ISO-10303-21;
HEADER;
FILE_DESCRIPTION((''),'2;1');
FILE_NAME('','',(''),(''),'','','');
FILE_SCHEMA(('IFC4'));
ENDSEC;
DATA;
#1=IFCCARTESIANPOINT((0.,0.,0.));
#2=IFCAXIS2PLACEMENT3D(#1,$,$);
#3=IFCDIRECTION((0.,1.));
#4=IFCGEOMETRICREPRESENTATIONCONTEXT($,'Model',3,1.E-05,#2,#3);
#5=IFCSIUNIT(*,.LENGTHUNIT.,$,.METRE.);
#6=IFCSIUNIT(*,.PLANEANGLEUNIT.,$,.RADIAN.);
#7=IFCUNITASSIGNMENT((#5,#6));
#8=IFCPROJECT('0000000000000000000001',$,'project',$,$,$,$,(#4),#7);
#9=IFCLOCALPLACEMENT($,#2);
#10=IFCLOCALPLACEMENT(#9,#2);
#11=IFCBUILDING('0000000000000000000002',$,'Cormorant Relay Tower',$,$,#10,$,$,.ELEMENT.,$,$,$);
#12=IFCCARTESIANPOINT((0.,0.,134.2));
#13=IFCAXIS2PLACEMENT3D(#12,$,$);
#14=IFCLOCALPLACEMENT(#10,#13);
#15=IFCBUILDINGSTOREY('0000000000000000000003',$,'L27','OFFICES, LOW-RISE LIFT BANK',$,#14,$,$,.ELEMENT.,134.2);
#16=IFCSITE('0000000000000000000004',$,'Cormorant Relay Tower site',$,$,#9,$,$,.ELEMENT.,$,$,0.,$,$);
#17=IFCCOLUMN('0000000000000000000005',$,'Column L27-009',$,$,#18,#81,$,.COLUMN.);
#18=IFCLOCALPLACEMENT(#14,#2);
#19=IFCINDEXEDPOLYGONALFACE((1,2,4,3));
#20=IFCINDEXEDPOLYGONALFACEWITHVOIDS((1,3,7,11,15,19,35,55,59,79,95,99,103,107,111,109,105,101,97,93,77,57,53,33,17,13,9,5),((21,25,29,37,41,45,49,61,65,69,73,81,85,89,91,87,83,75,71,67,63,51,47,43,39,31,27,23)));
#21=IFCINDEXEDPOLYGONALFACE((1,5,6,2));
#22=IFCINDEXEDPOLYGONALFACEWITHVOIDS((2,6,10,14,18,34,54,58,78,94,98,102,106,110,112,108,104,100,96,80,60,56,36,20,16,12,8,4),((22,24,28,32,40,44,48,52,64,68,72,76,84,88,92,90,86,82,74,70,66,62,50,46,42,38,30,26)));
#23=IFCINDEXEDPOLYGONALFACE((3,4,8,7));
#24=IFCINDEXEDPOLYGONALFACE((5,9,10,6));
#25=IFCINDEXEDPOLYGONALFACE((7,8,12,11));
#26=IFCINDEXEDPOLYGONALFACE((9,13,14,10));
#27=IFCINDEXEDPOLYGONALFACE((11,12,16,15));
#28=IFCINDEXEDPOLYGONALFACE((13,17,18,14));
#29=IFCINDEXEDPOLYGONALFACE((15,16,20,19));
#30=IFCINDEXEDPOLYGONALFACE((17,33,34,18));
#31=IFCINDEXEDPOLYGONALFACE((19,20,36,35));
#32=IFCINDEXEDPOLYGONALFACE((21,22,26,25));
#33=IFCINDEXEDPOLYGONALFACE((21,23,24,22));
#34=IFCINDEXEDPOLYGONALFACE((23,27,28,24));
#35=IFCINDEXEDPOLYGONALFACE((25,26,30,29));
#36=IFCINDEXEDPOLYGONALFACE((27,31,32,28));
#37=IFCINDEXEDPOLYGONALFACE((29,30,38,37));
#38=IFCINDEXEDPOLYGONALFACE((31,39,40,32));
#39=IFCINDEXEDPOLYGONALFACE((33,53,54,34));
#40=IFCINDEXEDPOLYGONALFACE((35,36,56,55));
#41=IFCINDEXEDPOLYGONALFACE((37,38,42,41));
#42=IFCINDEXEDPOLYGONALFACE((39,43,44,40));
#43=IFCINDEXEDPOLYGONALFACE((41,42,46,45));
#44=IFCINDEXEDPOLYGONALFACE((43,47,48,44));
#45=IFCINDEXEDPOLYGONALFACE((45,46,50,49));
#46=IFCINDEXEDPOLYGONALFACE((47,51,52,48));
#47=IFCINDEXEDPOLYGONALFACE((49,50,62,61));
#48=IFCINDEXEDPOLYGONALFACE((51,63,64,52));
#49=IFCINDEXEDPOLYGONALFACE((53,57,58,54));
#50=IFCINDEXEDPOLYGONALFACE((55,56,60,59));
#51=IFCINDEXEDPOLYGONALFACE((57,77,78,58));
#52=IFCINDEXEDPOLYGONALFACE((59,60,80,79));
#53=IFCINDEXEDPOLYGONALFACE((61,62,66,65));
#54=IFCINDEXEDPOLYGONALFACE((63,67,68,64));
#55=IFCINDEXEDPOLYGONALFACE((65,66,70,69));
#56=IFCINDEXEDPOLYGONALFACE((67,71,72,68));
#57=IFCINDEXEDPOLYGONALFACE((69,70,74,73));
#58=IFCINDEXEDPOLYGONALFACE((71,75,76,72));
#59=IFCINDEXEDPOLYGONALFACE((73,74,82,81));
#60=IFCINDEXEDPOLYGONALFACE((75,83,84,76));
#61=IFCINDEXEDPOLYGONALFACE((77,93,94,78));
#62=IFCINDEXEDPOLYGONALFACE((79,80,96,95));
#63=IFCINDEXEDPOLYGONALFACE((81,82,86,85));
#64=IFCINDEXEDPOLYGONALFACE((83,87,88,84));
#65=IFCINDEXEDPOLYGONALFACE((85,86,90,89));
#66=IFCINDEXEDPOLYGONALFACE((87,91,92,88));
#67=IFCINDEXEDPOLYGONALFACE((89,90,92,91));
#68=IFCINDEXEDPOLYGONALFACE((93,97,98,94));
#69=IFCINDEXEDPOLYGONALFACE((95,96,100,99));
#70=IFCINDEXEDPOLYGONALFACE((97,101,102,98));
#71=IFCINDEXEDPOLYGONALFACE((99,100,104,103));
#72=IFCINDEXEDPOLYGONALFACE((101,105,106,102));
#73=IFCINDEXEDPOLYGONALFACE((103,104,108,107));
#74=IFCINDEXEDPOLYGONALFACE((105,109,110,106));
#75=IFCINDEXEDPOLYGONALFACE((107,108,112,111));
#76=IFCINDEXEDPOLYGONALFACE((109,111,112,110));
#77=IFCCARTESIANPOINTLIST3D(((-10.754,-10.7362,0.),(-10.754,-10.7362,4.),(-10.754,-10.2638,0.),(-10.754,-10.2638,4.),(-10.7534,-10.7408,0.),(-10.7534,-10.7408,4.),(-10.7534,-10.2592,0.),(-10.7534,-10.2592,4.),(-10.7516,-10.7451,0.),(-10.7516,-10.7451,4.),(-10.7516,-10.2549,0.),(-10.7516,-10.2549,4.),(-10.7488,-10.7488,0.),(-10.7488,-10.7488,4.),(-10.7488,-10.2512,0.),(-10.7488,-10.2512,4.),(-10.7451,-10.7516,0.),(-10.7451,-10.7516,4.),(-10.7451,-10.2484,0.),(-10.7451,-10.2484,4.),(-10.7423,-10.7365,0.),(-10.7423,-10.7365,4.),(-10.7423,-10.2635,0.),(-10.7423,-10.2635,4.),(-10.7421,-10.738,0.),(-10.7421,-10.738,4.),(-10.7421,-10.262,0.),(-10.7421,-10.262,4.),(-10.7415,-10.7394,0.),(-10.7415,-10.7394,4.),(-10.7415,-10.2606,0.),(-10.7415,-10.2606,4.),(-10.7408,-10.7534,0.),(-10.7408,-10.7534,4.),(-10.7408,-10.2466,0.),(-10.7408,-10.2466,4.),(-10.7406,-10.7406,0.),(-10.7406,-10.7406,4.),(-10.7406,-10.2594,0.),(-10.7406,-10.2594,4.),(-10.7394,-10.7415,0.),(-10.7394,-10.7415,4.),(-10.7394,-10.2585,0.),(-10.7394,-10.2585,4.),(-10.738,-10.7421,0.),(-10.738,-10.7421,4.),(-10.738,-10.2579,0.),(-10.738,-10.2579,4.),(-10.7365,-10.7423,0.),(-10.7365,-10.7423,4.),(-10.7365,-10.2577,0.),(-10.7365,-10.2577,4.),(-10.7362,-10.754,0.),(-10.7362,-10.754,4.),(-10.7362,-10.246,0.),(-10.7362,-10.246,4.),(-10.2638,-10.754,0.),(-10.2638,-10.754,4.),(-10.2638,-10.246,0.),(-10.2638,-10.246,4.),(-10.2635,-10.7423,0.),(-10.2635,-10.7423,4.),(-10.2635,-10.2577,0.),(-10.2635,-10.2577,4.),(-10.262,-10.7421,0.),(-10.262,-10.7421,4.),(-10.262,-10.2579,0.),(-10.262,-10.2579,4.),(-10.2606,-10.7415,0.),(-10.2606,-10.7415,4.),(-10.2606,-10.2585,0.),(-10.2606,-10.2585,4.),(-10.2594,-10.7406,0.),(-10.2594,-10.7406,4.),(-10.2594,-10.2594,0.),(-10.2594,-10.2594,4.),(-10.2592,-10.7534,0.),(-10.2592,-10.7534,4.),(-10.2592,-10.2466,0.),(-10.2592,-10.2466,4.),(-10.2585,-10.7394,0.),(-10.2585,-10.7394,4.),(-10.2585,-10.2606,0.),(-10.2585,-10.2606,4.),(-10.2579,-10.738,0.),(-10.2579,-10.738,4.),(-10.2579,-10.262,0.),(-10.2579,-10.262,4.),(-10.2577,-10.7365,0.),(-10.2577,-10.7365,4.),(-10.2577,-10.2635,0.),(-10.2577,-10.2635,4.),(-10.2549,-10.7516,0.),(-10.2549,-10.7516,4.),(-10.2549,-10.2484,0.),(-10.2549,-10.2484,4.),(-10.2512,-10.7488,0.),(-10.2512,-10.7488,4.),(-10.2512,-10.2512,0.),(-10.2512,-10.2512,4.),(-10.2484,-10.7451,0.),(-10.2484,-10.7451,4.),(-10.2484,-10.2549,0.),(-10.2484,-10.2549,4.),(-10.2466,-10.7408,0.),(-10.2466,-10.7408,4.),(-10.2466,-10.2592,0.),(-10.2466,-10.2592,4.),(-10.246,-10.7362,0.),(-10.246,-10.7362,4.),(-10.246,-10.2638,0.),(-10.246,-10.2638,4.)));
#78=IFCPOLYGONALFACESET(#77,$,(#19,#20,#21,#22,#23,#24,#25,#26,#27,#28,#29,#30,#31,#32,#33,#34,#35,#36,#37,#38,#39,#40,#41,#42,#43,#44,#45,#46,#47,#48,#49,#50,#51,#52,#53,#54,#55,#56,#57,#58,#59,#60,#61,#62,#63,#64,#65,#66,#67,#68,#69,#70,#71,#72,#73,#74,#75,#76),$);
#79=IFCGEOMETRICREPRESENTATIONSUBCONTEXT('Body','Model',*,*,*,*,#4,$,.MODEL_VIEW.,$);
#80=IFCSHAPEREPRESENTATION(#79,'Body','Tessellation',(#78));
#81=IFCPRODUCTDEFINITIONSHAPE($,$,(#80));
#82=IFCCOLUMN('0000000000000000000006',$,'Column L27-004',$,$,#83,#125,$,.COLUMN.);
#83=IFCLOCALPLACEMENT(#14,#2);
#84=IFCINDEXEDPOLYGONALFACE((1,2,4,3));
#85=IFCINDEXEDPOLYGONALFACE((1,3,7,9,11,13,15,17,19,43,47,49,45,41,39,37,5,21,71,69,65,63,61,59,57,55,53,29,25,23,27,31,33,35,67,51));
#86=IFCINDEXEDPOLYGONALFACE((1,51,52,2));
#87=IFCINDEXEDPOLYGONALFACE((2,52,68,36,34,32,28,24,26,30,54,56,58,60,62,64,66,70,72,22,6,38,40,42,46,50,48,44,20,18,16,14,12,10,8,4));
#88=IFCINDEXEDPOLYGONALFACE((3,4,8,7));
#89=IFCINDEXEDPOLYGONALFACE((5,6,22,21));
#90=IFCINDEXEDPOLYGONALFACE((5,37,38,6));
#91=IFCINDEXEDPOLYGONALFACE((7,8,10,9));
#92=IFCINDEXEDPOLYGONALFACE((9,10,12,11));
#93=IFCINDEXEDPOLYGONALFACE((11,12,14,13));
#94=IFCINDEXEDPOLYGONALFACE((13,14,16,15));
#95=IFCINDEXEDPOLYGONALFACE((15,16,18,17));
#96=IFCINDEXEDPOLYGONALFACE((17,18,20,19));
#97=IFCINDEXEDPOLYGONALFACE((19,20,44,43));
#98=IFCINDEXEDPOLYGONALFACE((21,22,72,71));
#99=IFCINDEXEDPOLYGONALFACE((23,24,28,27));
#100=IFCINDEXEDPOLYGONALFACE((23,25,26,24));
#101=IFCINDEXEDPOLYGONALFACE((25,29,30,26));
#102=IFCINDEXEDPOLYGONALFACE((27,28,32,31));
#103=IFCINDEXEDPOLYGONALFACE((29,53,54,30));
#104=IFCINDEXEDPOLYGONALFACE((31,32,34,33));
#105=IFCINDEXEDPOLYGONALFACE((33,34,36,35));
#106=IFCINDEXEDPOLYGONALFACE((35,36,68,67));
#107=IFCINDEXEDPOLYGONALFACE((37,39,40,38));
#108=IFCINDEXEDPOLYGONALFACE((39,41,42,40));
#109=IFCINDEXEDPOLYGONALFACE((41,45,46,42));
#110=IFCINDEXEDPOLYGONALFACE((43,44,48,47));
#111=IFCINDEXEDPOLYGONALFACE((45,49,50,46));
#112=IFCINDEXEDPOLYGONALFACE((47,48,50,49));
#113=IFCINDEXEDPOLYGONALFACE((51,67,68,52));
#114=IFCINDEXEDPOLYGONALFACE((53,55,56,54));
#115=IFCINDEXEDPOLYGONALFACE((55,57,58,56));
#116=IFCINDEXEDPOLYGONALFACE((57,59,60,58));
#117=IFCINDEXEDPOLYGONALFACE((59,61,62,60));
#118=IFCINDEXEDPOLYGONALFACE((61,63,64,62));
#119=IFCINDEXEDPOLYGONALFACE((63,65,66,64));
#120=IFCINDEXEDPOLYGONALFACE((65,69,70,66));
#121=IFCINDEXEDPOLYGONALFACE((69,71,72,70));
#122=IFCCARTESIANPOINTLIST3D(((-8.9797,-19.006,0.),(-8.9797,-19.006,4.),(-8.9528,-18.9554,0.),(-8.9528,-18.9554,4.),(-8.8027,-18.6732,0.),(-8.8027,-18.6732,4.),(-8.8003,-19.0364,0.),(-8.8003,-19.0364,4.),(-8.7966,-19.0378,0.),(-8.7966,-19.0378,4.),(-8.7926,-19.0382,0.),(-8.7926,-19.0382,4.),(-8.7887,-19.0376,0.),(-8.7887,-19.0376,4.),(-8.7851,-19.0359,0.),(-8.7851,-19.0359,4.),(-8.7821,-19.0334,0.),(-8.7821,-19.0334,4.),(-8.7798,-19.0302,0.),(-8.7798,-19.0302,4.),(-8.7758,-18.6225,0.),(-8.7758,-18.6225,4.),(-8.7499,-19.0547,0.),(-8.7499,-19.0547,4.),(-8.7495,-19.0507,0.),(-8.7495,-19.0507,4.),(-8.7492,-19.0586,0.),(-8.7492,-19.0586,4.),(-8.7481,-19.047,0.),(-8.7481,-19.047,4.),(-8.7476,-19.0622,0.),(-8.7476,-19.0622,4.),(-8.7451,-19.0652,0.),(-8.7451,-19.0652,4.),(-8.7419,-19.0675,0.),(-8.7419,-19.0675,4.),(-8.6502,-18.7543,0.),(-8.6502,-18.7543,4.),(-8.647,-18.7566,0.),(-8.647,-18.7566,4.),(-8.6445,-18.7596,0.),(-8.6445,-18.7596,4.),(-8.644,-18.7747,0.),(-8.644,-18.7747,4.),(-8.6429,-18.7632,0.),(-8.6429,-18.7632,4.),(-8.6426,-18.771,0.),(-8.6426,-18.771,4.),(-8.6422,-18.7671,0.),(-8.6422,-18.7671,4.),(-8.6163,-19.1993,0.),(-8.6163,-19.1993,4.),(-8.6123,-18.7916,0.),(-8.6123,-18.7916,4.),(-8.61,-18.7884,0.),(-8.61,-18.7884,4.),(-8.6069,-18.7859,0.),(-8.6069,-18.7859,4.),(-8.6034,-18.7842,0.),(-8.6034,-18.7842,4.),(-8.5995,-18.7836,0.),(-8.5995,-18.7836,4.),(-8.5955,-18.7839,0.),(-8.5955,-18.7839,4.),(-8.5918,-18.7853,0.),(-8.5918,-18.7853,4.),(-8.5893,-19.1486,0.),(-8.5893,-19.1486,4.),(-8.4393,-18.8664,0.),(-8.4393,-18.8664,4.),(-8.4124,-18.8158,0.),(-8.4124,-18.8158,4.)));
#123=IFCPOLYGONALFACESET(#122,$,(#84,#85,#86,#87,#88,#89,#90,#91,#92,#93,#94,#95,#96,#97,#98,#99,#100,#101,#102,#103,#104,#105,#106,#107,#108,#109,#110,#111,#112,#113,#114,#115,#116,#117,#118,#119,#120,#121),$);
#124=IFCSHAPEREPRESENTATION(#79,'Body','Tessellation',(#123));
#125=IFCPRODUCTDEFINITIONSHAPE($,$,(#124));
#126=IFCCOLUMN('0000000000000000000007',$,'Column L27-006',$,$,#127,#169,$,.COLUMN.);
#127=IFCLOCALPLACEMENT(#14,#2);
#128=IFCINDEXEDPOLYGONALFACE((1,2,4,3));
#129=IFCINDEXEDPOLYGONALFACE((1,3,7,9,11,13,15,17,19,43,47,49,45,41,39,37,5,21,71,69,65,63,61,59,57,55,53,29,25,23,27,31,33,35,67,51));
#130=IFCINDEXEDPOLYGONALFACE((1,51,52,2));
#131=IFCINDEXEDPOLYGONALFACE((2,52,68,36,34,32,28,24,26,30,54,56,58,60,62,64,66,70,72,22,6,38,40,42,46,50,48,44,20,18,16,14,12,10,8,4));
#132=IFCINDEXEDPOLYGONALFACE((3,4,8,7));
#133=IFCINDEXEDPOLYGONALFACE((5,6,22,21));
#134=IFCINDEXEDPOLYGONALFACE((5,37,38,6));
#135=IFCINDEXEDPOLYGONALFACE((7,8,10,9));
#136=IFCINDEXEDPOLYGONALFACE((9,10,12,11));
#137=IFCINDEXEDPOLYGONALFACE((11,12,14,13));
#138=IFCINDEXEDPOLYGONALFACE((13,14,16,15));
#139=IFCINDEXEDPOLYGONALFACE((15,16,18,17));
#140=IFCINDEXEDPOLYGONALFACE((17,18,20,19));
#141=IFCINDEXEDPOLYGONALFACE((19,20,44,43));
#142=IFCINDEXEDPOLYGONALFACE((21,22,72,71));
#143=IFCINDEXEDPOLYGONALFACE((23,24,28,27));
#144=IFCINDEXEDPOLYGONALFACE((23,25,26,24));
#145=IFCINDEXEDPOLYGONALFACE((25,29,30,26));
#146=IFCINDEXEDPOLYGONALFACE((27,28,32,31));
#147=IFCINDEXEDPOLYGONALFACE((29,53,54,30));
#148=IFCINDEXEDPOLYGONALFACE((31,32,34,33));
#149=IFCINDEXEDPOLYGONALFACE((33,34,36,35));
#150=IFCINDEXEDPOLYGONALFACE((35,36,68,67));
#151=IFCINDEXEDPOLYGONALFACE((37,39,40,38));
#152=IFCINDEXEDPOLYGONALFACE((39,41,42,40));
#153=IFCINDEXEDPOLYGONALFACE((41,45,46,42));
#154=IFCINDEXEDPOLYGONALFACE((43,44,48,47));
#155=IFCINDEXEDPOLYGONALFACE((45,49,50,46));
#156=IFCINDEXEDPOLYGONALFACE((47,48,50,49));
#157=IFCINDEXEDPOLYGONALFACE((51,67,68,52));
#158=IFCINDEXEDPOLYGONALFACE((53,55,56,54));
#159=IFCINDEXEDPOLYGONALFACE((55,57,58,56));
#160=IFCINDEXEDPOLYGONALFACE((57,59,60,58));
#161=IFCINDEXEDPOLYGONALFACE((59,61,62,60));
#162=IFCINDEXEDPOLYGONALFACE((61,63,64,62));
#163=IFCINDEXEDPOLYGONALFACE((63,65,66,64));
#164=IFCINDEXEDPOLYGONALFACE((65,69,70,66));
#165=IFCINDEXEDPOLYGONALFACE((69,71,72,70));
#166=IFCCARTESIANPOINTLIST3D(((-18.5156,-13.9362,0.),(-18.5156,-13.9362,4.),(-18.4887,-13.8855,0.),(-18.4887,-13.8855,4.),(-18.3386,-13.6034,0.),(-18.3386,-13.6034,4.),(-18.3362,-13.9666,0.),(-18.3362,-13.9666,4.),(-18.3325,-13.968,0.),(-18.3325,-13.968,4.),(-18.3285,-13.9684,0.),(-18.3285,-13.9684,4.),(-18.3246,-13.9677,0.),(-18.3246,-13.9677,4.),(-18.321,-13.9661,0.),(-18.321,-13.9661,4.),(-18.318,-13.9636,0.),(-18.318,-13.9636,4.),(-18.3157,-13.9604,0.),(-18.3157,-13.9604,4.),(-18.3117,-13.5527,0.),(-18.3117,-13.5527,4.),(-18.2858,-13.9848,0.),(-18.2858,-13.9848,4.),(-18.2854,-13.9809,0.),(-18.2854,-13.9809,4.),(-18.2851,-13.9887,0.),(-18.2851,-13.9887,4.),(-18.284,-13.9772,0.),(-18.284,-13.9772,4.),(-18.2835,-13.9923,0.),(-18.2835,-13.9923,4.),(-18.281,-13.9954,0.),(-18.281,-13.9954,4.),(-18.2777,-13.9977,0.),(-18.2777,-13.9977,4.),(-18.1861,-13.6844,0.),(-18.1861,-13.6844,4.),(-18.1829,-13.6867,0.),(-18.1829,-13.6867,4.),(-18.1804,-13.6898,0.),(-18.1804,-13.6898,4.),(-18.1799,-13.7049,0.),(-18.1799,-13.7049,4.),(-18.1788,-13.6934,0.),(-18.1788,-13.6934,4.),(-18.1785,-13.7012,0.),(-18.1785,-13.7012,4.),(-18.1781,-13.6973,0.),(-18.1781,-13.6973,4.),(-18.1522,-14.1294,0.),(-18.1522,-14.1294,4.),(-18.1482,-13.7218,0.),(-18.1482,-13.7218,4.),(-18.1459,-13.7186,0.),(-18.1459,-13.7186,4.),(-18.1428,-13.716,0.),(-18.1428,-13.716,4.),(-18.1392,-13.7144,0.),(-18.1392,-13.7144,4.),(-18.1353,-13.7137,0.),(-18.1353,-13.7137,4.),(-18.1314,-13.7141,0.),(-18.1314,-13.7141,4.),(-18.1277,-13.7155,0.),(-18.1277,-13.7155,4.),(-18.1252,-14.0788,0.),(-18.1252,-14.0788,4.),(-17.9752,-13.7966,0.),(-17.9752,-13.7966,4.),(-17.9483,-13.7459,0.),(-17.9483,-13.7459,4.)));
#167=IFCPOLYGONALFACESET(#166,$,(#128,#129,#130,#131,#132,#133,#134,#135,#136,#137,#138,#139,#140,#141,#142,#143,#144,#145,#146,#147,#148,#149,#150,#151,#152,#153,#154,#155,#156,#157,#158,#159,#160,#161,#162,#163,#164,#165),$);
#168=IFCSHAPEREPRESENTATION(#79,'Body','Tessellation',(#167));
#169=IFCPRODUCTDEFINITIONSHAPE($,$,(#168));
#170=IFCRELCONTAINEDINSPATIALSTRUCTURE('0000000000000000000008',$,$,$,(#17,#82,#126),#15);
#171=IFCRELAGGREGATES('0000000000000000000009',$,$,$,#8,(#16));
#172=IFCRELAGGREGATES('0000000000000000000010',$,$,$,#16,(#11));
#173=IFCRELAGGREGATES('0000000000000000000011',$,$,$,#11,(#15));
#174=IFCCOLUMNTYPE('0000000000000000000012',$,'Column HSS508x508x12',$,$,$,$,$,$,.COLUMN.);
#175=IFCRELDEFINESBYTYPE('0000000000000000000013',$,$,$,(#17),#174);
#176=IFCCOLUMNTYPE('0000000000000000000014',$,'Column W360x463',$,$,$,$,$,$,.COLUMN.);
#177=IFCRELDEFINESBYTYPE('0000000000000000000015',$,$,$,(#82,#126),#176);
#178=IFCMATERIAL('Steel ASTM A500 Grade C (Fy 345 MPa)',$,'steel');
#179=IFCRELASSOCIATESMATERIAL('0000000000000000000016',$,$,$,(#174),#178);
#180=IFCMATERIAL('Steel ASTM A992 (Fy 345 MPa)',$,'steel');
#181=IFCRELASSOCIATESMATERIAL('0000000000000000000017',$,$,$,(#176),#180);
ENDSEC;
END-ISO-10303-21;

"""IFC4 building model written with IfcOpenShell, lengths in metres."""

from ifc_helpers import new_model, si_unit, direction, frame, origin, origin_2d, place, context, subcontext, project, spatial, hollow_rectangle, i_section, extrude, material, material_profile, profile_set, type_object, element, save


model = new_model("IFC4")

# Units and contexts
model_context = context("Model", 3, precision=1e-05, world=origin(), true_north=direction((0.0, 1.0)))
body_context = subcontext(model_context, "Body", "Model", "MODEL_VIEW")
ifc_project = project(units=[si_unit("LENGTHUNIT", "METRE"), si_unit("PLANEANGLEUNIT", "RADIAN")], contexts=[model_context])

# Site, building, storey
site_placement = place(None, origin())
site = spatial("IfcSite", under=ifc_project, at=site_placement, Name="Cormorant Relay Tower site", CompositionType="ELEMENT", RefElevation=0.0)
building_placement = place(site_placement, origin())
building = spatial("IfcBuilding", under=site, at=building_placement, Name="Cormorant Relay Tower", CompositionType="ELEMENT")
storey_placement = place(building_placement, frame((0.0, 0.0, 134.2)))
storey = spatial("IfcBuildingStorey", under=building, at=storey_placement, Name="L27", Description="OFFICES, LOW-RISE LIFT BANK", CompositionType="ELEMENT", Elevation=134.2)

# Columns
ifc_material_1 = material(Name="Steel ASTM A500 Grade C (Fy 345 MPa)", Category="steel")
ifc_material_profile_1 = material_profile(ifc_material_1, hollow_rectangle(XDim=0.5081, YDim=0.5081, WallThickness=0.0117, InnerFilletRadius=0.0059, OuterFilletRadius=0.0178, at=origin_2d()), Name="HSS508x508x12")
ifc_profile_set_1 = profile_set([ifc_material_profile_1], Name="Steel ASTM A500 Grade C (Fy 345 MPa)")
column_type_1 = type_object("IfcColumnType", Name="Column HSS508x508x12", PredefinedType="COLUMN", material=ifc_profile_set_1)
column_1_placement = place(storey_placement, frame((-10.5, -10.5, 0.0), z_axis=(0.0, 0.0, 1.0), x_axis=(1.0, 0.0, 0.0)))
element("IfcColumn", 1, at=column_1_placement, inside=storey, type_object=column_type_1, Name="Column L27-009", PredefinedType="COLUMN", context=body_context, shape_type="SweptSolid", body=[
    extrude(hollow_rectangle(XDim=0.5081, YDim=0.5081, WallThickness=0.0117, InnerFilletRadius=0.0059, OuterFilletRadius=0.0178, at=origin_2d()), origin(), (0.0, 0.0, 1.0), 4.0),
])
ifc_material_2 = material(Name="Steel ASTM A992 (Fy 345 MPa)", Category="steel")
ifc_material_profile_2 = material_profile(ifc_material_2, i_section(OverallWidth=0.4116, OverallDepth=0.4343, WebThickness=0.0359, FlangeThickness=0.0574, FilletRadius=0.0151, at=origin_2d()), Name="W360x463")
ifc_profile_set_2 = profile_set([ifc_material_profile_2], Name="Steel ASTM A992 (Fy 345 MPa)")
column_type_2 = type_object("IfcColumnType", Name="Column W360x463", PredefinedType="COLUMN", material=ifc_profile_set_2)
for number, where, z_axis, x_axis, name in (
    (2, (-8.696, -18.9109, 0.0), (0.0, 0.0, 1.0), (0.882948, -0.469472, 0.0), "Column L27-004"),
    (3, (-18.2319, -13.8411, 0.0), (0.0, 0.0, 1.0), (0.882948, -0.469472, 0.0), "Column L27-006"),
):
    element("IfcColumn", number, at=place(storey_placement, frame(where, z_axis=z_axis, x_axis=x_axis)), inside=storey, type_object=column_type_2, Name=name, PredefinedType="COLUMN", context=body_context, shape_type="SweptSolid", body=[
        extrude(i_section(OverallWidth=0.4116, OverallDepth=0.4343, WebThickness=0.0359, FlangeThickness=0.0574, FilletRadius=0.0151, at=origin_2d()), origin(), (0.0, 0.0, 1.0), 4.0),
    ])

save(model, "model.ifc")
